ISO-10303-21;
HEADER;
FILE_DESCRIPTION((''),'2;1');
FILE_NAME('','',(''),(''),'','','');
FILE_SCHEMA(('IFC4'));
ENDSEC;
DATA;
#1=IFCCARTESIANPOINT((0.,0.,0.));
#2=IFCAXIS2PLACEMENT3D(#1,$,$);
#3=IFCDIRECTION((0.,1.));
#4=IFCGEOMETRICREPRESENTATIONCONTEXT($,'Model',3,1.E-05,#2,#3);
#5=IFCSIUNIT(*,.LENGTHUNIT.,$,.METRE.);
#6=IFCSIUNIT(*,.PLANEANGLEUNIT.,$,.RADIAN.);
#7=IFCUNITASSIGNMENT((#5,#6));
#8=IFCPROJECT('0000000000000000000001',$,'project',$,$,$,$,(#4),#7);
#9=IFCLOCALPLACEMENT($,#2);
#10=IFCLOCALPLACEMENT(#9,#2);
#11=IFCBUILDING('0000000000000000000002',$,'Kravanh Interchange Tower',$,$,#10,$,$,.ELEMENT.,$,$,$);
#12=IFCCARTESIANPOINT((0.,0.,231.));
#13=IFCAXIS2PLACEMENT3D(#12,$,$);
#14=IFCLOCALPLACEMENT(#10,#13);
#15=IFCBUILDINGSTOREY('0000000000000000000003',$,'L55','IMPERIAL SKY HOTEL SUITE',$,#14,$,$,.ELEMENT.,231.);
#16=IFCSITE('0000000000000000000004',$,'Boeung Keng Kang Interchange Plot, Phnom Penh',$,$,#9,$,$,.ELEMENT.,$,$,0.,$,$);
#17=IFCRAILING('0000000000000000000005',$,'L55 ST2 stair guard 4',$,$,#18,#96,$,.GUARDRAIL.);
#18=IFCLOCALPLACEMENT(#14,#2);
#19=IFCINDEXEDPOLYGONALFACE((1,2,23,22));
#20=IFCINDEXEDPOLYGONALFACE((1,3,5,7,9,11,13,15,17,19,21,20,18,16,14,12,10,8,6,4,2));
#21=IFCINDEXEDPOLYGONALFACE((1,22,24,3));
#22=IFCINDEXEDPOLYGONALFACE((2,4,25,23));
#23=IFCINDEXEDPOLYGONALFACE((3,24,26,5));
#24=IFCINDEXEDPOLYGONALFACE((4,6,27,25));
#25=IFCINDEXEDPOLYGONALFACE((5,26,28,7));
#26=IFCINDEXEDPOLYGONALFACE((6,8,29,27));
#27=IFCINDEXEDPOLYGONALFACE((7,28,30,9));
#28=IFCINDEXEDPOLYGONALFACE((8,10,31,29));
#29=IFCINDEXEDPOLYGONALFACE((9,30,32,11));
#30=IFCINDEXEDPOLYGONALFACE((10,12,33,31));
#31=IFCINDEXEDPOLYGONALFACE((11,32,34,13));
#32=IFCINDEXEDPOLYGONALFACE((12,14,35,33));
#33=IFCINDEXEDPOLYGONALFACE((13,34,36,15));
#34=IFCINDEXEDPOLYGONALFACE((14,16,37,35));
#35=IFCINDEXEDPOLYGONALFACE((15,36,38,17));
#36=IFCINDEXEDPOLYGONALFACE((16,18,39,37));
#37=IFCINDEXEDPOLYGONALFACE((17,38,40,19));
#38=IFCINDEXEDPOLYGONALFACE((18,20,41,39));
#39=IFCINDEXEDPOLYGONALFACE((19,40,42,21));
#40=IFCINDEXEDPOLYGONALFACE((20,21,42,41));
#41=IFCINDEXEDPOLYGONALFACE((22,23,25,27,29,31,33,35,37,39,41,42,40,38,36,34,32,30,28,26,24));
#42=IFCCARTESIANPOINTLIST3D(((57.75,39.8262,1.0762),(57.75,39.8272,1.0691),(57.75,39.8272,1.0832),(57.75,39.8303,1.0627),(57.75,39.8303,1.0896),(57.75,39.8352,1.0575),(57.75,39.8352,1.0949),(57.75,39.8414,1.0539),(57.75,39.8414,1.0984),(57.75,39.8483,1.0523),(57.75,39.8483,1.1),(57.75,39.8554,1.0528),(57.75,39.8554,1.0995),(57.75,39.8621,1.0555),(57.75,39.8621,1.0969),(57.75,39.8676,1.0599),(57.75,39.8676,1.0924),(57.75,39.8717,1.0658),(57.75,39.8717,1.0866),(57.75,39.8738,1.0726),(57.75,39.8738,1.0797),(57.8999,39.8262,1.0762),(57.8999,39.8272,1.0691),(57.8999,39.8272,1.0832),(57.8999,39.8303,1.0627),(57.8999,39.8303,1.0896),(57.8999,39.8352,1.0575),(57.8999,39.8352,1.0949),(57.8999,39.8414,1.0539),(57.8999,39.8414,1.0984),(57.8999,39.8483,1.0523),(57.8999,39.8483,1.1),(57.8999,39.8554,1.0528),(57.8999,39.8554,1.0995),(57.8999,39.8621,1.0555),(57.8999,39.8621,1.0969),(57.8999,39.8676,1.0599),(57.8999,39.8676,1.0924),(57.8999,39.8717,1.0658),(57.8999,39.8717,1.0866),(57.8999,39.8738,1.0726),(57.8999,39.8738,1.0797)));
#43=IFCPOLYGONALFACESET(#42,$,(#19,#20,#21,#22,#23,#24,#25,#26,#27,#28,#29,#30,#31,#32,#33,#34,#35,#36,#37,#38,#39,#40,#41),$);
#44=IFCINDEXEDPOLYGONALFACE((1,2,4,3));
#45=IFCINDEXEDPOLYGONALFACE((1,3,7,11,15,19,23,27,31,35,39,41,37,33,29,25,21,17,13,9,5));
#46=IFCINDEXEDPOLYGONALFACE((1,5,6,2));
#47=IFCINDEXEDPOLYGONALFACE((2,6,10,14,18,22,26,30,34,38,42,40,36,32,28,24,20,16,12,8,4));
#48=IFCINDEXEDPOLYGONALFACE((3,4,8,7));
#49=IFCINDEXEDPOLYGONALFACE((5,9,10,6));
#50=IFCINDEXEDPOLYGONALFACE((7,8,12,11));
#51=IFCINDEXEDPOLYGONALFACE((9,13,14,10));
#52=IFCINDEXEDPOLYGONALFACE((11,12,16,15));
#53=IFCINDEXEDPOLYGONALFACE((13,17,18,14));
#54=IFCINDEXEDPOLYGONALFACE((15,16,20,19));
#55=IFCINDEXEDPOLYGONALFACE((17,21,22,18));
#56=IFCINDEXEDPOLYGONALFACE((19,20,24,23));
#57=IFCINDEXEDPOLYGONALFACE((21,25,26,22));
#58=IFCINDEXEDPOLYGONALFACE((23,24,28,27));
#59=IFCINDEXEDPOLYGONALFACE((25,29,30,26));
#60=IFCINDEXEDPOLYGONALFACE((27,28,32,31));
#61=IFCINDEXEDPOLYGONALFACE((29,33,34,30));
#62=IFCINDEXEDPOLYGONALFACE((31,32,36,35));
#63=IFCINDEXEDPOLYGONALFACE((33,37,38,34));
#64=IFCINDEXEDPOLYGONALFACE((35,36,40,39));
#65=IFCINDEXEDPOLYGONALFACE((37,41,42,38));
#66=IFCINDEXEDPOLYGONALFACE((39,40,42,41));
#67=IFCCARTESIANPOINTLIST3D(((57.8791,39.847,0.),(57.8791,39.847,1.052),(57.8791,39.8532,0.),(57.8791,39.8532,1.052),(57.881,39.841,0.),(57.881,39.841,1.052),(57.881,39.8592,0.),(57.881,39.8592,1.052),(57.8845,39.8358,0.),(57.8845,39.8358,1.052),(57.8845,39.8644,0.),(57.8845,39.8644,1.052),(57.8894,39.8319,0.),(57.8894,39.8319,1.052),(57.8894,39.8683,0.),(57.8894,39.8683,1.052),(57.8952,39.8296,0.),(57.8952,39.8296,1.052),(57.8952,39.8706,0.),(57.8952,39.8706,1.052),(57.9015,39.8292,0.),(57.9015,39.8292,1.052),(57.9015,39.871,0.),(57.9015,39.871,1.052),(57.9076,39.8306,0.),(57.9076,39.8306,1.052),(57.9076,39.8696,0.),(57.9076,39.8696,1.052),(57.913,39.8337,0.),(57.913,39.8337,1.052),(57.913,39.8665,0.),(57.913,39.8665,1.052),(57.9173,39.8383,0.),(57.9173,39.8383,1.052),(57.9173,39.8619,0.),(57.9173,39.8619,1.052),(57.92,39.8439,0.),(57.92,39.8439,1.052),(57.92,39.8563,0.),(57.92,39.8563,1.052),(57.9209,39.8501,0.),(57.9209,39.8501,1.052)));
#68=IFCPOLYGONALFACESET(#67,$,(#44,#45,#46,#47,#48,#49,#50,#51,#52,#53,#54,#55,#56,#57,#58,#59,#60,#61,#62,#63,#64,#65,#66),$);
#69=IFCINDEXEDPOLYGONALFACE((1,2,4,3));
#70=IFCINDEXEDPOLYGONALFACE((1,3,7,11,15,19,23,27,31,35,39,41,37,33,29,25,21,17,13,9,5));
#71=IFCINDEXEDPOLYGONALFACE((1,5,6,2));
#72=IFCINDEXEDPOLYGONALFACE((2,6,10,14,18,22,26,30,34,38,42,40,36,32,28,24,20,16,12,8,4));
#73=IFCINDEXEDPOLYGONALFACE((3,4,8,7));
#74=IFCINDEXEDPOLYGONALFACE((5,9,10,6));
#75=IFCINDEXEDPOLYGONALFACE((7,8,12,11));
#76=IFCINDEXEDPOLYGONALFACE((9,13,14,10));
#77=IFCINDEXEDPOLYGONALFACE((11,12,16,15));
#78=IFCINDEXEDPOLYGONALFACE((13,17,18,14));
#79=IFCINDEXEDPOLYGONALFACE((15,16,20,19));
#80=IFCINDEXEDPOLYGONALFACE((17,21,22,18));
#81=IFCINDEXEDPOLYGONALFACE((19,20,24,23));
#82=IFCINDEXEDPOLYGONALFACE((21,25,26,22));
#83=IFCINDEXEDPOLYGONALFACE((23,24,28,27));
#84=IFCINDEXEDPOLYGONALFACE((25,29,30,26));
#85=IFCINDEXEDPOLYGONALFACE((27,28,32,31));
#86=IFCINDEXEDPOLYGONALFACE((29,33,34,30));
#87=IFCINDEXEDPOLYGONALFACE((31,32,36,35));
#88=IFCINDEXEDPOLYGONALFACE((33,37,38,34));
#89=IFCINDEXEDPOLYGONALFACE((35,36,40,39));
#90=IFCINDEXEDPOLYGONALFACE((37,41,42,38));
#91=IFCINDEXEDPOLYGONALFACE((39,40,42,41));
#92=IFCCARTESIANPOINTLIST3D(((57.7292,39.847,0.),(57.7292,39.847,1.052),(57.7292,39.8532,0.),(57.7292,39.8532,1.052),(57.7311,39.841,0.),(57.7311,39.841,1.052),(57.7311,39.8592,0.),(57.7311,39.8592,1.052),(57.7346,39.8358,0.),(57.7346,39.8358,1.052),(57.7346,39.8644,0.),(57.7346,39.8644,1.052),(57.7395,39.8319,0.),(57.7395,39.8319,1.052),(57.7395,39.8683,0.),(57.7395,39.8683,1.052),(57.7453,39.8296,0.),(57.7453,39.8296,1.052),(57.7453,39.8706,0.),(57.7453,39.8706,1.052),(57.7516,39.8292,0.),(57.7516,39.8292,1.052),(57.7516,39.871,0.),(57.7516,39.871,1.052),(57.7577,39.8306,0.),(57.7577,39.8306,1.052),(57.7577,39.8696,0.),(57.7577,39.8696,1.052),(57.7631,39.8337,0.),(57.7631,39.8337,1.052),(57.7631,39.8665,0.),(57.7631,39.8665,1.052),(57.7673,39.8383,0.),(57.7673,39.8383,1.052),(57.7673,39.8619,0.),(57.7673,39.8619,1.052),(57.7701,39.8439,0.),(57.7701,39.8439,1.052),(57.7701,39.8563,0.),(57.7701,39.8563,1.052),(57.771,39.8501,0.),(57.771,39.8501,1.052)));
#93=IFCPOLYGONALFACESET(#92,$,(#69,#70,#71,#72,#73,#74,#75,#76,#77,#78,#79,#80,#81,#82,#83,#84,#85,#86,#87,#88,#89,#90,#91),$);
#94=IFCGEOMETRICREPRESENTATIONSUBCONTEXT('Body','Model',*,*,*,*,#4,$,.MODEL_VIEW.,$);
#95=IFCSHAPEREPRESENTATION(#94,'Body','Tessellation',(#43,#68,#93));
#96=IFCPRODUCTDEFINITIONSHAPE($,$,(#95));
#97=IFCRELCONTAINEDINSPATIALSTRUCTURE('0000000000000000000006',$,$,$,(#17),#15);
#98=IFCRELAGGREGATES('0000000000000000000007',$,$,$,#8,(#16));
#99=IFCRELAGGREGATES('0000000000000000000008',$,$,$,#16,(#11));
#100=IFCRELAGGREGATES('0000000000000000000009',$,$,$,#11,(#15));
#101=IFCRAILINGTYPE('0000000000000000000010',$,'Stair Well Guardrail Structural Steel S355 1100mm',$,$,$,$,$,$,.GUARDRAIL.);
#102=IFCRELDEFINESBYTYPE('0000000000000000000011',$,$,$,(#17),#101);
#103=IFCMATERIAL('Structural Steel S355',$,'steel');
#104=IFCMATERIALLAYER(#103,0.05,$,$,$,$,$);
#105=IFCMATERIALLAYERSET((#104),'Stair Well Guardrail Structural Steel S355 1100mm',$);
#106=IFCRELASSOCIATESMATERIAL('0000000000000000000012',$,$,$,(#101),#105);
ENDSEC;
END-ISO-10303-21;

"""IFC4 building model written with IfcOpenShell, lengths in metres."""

from ifc_helpers import new_model, si_unit, direction, frame, origin, origin_2d, place, context, subcontext, project, spatial, circle, extrude, material, layer, layer_set, type_object, element, save


model = new_model("IFC4")

# Units and contexts
model_context = context("Model", 3, precision=1e-05, world=origin(), true_north=direction((0.0, 1.0)))
body_context = subcontext(model_context, "Body", "Model", "MODEL_VIEW")
ifc_project = project(units=[si_unit("LENGTHUNIT", "METRE"), si_unit("PLANEANGLEUNIT", "RADIAN")], contexts=[model_context])

# Site, building, storey
site_placement = place(None, origin())
site = spatial("IfcSite", under=ifc_project, at=site_placement, Name="Boeung Keng Kang Interchange Plot, Phnom Penh", CompositionType="ELEMENT", RefElevation=0.0)
building_placement = place(site_placement, origin())
building = spatial("IfcBuilding", under=site, at=building_placement, Name="Kravanh Interchange Tower", CompositionType="ELEMENT")
storey_placement = place(building_placement, frame((0.0, 0.0, 231.0)))
storey = spatial("IfcBuildingStorey", under=building, at=storey_placement, Name="L55", Description="IMPERIAL SKY HOTEL SUITE", CompositionType="ELEMENT", Elevation=231.0)

# Railing
ifc_material_1 = material(Name="Structural Steel S355", Category="steel")
ifc_layer_1 = layer(ifc_material_1, 0.05)
ifc_layer_set_1 = layer_set([ifc_layer_1], Name="Stair Well Guardrail Structural Steel S355 1100mm")
railing_type_1 = type_object("IfcRailingType", Name="Stair Well Guardrail Structural Steel S355 1100mm", PredefinedType="GUARDRAIL", material=ifc_layer_set_1)
railing_1_placement = place(storey_placement, frame((57.8999, 39.8501, 0.0)))
element("IfcRailing", 1, at=railing_1_placement, inside=storey, type_object=railing_type_1, Name="L55 ST2 stair guard 4", PredefinedType="GUARDRAIL", context=body_context, shape_type="SweptSolid", body=[
    extrude(circle(Radius=0.0239, at=origin_2d()), frame((0.0, 0.0, 1.0762), z_axis=(-1.0, 0.0, 0.0), x_axis=(0.0, -1.0, 0.0)), (0.0, 0.0, 1.0), 0.1499),
    extrude(circle(Radius=0.021, at=origin_2d()), origin(), (0.0, 0.0, 1.0), 1.052),
    extrude(circle(Radius=0.021, at=origin_2d()), frame((-0.1499, 0.0, 0.0)), (0.0, 0.0, 1.0), 1.052),
])

save(model, "model.ifc")
